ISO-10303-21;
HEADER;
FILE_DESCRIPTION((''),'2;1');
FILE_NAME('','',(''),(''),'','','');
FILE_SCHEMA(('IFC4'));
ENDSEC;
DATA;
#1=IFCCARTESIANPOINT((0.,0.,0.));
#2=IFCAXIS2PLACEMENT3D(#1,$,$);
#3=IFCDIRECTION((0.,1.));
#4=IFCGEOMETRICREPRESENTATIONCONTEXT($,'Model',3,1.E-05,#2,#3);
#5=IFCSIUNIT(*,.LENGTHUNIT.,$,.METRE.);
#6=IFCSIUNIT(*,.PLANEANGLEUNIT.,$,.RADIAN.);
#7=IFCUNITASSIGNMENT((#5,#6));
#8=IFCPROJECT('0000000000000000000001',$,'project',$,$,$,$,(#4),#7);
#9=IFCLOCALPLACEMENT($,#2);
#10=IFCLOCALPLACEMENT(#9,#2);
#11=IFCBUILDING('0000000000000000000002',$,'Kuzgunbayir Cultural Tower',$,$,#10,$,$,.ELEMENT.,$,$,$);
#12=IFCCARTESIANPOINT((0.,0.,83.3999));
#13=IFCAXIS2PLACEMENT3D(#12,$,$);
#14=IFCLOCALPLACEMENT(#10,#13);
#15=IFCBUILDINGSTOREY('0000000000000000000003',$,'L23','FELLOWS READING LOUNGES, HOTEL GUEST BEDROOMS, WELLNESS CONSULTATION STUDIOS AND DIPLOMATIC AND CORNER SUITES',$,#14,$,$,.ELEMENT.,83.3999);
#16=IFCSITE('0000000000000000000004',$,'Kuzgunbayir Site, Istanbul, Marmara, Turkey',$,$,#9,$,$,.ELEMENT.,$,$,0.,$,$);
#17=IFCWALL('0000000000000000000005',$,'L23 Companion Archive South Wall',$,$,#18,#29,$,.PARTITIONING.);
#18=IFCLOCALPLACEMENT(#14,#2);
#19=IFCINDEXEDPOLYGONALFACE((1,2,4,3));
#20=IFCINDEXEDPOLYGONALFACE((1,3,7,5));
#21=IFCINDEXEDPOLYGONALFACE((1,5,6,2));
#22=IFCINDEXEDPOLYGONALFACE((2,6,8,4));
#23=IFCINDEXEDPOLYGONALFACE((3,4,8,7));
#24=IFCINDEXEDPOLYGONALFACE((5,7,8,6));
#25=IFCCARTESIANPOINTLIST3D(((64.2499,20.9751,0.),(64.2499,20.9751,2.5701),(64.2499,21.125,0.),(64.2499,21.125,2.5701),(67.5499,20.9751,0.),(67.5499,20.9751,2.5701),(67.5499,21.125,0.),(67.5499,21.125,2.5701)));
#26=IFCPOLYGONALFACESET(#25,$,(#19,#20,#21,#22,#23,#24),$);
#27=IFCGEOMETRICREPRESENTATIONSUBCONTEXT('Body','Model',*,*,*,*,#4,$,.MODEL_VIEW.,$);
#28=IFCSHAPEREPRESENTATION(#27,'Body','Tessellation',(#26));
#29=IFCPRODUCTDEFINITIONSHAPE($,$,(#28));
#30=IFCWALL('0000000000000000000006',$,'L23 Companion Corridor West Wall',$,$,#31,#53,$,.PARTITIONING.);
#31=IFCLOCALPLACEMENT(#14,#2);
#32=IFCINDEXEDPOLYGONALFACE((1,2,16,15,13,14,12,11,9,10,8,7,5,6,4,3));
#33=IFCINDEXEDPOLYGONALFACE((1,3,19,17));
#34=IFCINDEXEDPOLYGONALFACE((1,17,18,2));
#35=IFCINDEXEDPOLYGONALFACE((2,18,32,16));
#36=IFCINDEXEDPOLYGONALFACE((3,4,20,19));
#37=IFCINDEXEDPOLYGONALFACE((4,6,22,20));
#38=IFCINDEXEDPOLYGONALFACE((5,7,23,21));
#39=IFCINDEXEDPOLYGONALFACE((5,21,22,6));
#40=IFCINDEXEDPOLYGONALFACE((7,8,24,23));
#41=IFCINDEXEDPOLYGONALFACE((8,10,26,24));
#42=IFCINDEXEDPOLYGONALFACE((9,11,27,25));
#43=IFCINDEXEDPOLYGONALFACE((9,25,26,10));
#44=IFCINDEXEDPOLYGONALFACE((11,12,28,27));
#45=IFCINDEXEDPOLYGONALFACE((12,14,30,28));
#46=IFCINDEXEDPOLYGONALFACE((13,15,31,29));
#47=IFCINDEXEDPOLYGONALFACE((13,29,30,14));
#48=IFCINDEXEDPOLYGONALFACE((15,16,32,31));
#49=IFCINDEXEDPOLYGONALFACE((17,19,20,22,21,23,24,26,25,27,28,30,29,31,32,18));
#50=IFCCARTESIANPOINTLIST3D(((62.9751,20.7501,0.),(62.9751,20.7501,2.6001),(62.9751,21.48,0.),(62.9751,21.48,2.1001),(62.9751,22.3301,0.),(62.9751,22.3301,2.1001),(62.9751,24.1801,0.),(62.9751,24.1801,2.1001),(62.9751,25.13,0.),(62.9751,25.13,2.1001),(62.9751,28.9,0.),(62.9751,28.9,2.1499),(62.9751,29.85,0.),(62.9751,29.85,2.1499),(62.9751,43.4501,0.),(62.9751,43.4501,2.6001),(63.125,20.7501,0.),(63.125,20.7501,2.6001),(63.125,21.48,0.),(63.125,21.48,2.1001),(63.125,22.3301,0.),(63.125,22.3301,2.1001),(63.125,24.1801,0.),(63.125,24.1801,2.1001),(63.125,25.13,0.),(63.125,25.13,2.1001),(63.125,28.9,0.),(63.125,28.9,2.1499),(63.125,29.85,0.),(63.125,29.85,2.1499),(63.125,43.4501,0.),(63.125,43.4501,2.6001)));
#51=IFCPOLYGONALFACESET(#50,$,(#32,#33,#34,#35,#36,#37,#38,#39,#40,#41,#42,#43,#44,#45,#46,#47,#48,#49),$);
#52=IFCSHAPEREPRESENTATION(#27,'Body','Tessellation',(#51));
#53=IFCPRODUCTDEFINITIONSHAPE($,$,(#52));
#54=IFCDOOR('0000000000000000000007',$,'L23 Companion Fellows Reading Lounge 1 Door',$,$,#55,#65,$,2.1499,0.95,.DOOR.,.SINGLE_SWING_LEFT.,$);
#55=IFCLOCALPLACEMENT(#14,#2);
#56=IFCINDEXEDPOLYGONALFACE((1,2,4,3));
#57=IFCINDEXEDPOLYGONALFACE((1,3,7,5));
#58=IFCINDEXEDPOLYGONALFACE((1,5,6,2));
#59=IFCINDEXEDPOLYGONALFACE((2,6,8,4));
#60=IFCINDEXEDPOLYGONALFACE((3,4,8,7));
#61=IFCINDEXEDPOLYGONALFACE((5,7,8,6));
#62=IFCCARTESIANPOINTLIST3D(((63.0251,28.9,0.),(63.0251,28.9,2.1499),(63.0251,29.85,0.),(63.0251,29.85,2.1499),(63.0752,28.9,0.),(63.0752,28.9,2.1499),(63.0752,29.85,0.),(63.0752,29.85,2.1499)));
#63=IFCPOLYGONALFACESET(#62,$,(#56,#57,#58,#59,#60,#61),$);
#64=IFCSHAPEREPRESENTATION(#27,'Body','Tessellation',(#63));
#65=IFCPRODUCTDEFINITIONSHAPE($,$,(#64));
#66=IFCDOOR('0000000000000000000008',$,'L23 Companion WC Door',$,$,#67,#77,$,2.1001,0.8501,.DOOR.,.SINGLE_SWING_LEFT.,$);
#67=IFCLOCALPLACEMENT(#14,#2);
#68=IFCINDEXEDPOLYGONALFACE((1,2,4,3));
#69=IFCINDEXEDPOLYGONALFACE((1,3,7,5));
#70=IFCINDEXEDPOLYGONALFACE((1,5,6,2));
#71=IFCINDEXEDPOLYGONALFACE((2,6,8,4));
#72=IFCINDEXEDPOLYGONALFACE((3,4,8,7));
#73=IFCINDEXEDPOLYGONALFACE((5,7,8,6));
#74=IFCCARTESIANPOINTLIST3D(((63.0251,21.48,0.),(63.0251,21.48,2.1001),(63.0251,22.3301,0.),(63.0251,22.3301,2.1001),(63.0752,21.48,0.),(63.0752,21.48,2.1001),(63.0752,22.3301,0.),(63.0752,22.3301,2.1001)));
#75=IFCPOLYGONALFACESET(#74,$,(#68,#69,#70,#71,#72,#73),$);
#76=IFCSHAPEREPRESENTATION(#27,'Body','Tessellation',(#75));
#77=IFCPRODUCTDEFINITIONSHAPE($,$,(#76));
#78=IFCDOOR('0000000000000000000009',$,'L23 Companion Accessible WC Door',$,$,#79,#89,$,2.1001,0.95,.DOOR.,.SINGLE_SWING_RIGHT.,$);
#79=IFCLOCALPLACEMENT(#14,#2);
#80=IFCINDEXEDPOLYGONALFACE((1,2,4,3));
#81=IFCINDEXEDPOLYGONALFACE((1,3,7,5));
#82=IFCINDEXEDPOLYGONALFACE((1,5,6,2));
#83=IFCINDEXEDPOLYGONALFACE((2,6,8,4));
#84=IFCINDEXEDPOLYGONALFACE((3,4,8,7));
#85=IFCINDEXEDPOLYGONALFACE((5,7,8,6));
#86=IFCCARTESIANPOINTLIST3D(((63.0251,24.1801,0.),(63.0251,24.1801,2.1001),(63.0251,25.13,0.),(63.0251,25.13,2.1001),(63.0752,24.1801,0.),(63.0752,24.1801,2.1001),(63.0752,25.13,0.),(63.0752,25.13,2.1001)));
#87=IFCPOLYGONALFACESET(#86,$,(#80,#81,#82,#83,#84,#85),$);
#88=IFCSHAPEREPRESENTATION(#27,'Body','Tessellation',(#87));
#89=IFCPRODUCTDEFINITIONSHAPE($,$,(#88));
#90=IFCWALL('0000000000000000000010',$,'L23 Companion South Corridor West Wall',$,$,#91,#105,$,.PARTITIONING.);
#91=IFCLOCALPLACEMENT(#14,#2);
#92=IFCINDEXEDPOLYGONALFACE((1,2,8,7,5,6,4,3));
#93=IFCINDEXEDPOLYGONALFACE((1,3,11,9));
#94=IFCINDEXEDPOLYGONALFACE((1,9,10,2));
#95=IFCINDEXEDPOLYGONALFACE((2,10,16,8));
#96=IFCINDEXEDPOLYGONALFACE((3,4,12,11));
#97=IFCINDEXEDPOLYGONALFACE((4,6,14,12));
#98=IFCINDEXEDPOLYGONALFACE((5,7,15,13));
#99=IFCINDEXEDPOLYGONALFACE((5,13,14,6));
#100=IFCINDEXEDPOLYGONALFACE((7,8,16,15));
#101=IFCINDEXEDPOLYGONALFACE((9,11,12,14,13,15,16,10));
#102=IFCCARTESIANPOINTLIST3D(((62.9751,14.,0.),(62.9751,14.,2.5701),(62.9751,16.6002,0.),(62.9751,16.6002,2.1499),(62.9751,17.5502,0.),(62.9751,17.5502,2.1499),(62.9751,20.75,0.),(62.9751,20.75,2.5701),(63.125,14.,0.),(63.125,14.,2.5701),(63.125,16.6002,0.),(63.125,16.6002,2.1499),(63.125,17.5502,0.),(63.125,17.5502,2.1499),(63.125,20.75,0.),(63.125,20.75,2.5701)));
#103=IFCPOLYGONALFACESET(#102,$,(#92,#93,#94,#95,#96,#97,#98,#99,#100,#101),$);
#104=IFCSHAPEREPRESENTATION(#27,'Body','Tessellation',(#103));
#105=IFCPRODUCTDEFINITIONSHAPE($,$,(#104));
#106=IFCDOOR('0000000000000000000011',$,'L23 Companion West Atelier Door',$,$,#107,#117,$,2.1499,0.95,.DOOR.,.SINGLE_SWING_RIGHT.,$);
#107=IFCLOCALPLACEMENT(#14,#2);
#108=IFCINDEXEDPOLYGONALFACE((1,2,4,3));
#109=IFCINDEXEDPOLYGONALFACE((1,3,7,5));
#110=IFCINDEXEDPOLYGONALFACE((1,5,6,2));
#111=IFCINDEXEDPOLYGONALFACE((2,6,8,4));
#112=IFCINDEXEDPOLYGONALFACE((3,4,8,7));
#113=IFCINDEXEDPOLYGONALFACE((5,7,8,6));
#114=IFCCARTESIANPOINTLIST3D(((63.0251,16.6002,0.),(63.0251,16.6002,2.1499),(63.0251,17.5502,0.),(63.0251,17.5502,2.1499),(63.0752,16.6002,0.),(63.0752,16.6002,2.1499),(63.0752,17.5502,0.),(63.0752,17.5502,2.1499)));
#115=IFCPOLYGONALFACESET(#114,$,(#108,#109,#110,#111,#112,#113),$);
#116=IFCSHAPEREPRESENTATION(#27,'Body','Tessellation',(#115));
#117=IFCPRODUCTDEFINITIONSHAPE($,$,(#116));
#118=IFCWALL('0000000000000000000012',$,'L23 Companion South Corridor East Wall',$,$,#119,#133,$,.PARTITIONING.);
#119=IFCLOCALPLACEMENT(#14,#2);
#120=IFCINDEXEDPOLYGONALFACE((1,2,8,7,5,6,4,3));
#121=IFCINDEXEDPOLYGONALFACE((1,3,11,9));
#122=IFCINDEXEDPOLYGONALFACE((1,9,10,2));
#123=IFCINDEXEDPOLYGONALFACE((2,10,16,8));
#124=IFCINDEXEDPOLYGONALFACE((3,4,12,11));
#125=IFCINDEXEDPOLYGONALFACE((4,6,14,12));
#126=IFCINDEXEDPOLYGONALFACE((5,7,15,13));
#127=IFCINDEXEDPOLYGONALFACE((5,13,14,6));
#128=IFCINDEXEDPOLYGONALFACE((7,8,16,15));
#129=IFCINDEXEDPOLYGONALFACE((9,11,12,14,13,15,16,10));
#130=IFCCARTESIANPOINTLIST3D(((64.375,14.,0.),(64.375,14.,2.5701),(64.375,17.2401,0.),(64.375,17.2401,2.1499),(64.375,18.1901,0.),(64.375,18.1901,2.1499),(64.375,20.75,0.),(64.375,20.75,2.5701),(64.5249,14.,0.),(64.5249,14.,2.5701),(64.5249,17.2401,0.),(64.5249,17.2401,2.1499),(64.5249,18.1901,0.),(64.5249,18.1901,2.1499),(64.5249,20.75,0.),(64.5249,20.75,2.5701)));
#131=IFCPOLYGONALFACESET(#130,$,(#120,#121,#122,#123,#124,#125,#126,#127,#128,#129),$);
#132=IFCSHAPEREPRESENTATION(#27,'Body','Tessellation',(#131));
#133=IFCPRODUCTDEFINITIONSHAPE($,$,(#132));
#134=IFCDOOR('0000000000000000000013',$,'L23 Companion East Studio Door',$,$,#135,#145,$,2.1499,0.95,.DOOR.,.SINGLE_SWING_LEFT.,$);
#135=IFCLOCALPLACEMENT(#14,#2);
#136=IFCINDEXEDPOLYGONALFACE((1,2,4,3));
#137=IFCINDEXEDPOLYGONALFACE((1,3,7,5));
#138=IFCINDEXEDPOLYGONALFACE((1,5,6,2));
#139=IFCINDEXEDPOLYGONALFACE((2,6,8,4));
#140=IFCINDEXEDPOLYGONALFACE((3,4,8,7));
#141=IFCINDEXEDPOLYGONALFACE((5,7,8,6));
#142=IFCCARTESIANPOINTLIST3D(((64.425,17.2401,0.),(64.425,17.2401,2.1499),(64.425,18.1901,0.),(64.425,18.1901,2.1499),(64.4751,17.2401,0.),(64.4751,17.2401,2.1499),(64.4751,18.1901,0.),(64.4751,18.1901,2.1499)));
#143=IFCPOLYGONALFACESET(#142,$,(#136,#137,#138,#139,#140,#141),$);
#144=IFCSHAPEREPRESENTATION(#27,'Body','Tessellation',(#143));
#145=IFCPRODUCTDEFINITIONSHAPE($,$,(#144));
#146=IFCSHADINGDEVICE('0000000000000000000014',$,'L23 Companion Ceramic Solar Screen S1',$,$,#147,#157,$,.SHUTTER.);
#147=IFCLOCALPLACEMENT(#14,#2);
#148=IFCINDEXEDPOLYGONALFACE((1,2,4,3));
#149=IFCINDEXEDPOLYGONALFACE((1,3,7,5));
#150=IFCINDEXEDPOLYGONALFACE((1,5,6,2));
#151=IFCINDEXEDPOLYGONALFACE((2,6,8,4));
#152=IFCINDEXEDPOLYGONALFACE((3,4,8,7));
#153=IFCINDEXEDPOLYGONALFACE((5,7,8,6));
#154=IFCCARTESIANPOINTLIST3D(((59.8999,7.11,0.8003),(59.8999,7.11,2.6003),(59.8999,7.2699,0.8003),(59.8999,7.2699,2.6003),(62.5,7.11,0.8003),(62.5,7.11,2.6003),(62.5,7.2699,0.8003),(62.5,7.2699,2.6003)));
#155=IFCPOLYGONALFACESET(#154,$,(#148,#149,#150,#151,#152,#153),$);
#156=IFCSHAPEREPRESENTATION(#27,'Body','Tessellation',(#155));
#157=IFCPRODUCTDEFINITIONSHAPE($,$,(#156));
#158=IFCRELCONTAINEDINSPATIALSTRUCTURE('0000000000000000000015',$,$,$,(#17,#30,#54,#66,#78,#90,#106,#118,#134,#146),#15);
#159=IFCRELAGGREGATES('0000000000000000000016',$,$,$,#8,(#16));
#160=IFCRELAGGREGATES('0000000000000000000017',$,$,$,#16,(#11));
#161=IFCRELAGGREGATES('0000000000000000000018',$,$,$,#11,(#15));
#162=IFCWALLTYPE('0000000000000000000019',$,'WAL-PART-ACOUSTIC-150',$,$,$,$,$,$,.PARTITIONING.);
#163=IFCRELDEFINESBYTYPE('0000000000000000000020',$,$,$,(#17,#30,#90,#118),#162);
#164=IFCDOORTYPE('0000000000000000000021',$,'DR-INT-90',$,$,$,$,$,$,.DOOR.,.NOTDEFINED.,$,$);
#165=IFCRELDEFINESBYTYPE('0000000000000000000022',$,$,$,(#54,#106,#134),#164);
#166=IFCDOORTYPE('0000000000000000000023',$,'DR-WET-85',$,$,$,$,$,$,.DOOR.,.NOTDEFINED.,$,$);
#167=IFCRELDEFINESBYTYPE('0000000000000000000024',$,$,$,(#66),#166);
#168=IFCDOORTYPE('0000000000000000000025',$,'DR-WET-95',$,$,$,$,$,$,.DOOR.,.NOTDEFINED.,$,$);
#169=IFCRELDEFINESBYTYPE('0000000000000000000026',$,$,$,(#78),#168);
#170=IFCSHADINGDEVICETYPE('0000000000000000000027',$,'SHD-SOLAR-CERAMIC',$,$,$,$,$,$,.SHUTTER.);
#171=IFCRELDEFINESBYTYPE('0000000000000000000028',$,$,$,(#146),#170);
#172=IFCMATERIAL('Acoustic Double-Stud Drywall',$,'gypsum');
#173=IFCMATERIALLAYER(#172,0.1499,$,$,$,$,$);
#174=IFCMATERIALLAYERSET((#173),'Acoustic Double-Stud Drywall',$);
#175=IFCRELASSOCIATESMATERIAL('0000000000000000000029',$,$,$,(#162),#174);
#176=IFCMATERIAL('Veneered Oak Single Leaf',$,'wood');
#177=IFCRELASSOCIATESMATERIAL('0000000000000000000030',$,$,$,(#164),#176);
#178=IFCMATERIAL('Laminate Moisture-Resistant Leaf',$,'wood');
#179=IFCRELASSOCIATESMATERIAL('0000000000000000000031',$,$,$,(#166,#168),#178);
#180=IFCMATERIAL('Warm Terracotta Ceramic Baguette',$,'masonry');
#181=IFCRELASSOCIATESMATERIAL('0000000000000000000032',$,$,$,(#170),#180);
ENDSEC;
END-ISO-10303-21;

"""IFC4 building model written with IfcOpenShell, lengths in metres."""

from ifc_helpers import new_model, si_unit, direction, frame, frame_2d, origin, origin_2d, place, context, subcontext, project, spatial, rectangle, extrude, material, layer, layer_set, type_object, element, fill, save


model = new_model("IFC4")

# Units and contexts
model_context = context("Model", 3, precision=1e-05, world=origin(), true_north=direction((0.0, 1.0)))
body_context = subcontext(model_context, "Body", "Model", "MODEL_VIEW")
ifc_project = project(units=[si_unit("LENGTHUNIT", "METRE"), si_unit("PLANEANGLEUNIT", "RADIAN")], contexts=[model_context])

# Site, building, storey
site_placement = place(None, origin())
site = spatial("IfcSite", under=ifc_project, at=site_placement, Name="Kuzgunbayir Site, Istanbul, Marmara, Turkey", CompositionType="ELEMENT", RefElevation=0.0)
building_placement = place(site_placement, origin())
building = spatial("IfcBuilding", under=site, at=building_placement, Name="Kuzgunbayir Cultural Tower", CompositionType="ELEMENT")
storey_placement = place(building_placement, frame((0.0, 0.0, 83.3999)))
storey = spatial("IfcBuildingStorey", under=building, at=storey_placement, Name="L23", Description="FELLOWS READING LOUNGES, HOTEL GUEST BEDROOMS, WELLNESS CONSULTATION STUDIOS AND DIPLOMATIC AND CORNER SUITES", CompositionType="ELEMENT", Elevation=83.3999)

# Shared definitions
ifc_material_1 = material(Name="Acoustic Double-Stud Drywall", Category="gypsum")
ifc_layer_1 = layer(ifc_material_1, 0.1499)
ifc_layer_set_1 = layer_set([ifc_layer_1], Name="Acoustic Double-Stud Drywall")
wall_type_1 = type_object("IfcWallType", Name="WAL-PART-ACOUSTIC-150", PredefinedType="PARTITIONING", material=ifc_layer_set_1)
ifc_material_2 = material(Name="Veneered Oak Single Leaf", Category="wood")
door_type_1 = type_object("IfcDoorType", Name="DR-INT-90", OperationType="NOTDEFINED", PredefinedType="DOOR", material=ifc_material_2)

# Wall
wall_1_placement = place(storey_placement, frame((64.25, 21.05, 0.0), z_axis=(0.0, 0.0, 1.0), x_axis=(1.0, 0.0, 0.0)))
element("IfcWall", 1, at=wall_1_placement, inside=storey, type_object=wall_type_1, Name="L23 Companion Archive South Wall", PredefinedType="PARTITIONING", context=body_context, shape_type="SweptSolid", body=[
    extrude(rectangle(XDim=3.3, YDim=0.1499, at=frame_2d((1.6499, 0.0))), origin(), (0.0, 0.0, 1.0), 2.5701),
])

# Wall, openings, doors
wall_2_placement = place(storey_placement, frame((63.05, 20.75, 0.0), z_axis=(0.0, 0.0, 1.0), x_axis=(0.0, 1.0, 0.0)))
wall_2 = element("IfcWall", 2, at=wall_2_placement, inside=storey, type_object=wall_type_1, Name="L23 Companion Corridor West Wall", PredefinedType="PARTITIONING", context=body_context, shape_type="SweptSolid", body=[
    extrude(rectangle(XDim=22.7, YDim=0.1499, at=frame_2d((11.3501, 0.0))), origin(), (0.0, 0.0, 1.0), 2.6001),
])
opening_1_placement = place(wall_2_placement, frame((0.73, 0.0, 0.0)))
opening_1 = element("IfcOpeningElement", 3, at=opening_1_placement, cuts=wall_2, PredefinedType="OPENING", context=body_context, shape_type="SweptSolid", body=[
    extrude(rectangle(XDim=0.8501, YDim=2.1001, at=frame_2d((0.425, 1.05))), frame((0.0, 0.085, 0.0), z_axis=(0.0, -1.0, 0.0), x_axis=(1.0, 0.0, 0.0)), (0.0, 0.0, 1.0), 0.1699),
])
opening_2_placement = place(wall_2_placement, frame((3.4299, 0.0, 0.0)))
opening_2 = element("IfcOpeningElement", 4, at=opening_2_placement, cuts=wall_2, PredefinedType="OPENING", context=body_context, shape_type="SweptSolid", body=[
    extrude(rectangle(XDim=0.95, YDim=2.1001, at=frame_2d((0.4751, 1.05))), frame((0.0, 0.085, 0.0), z_axis=(0.0, -1.0, 0.0), x_axis=(1.0, 0.0, 0.0)), (0.0, 0.0, 1.0), 0.1699),
])
opening_3_placement = place(wall_2_placement, frame((8.1499, 0.0, 0.0)))
opening_3 = element("IfcOpeningElement", 5, at=opening_3_placement, cuts=wall_2, PredefinedType="OPENING", context=body_context, shape_type="SweptSolid", body=[
    extrude(rectangle(XDim=0.95, YDim=2.1499, at=frame_2d((0.4751, 1.075))), frame((0.0, 0.085, 0.0), z_axis=(0.0, -1.0, 0.0), x_axis=(1.0, 0.0, 0.0)), (0.0, 0.0, 1.0), 0.1699),
])
door_1_placement = place(opening_3_placement, origin())
door_1 = element("IfcDoor", 6, at=door_1_placement, inside=storey, type_object=door_type_1, Name="L23 Companion Fellows Reading Lounge 1 Door", OperationType="SINGLE_SWING_LEFT", OverallHeight=2.1499, OverallWidth=0.95, PredefinedType="DOOR", context=body_context, shape_type="SweptSolid", body=[
    extrude(rectangle(XDim=0.95, YDim=2.1499, at=frame_2d((0.4751, 1.075))), frame((0.0, 0.0249, 0.0), z_axis=(0.0, -1.0, 0.0), x_axis=(1.0, 0.0, 0.0)), (0.0, 0.0, 1.0), 0.05),
])
fill(opening_3, door_1)
ifc_material_3 = material(Name="Laminate Moisture-Resistant Leaf", Category="wood")
door_type_2 = type_object("IfcDoorType", Name="DR-WET-85", OperationType="NOTDEFINED", PredefinedType="DOOR", material=ifc_material_3)
door_2_placement = place(opening_1_placement, origin())
door_2 = element("IfcDoor", 7, at=door_2_placement, inside=storey, type_object=door_type_2, Name="L23 Companion WC Door", OperationType="SINGLE_SWING_LEFT", OverallHeight=2.1001, OverallWidth=0.8501, PredefinedType="DOOR", context=body_context, shape_type="SweptSolid", body=[
    extrude(rectangle(XDim=0.8501, YDim=2.1001, at=frame_2d((0.425, 1.05))), frame((0.0, 0.0249, 0.0), z_axis=(0.0, -1.0, 0.0), x_axis=(1.0, 0.0, 0.0)), (0.0, 0.0, 1.0), 0.05),
])
fill(opening_1, door_2)
door_type_3 = type_object("IfcDoorType", Name="DR-WET-95", OperationType="NOTDEFINED", PredefinedType="DOOR", material=ifc_material_3)
door_3_placement = place(opening_2_placement, origin())
door_3 = element("IfcDoor", 8, at=door_3_placement, inside=storey, type_object=door_type_3, Name="L23 Companion Accessible WC Door", OperationType="SINGLE_SWING_RIGHT", OverallHeight=2.1001, OverallWidth=0.95, PredefinedType="DOOR", context=body_context, shape_type="SweptSolid", body=[
    extrude(rectangle(XDim=0.95, YDim=2.1001, at=frame_2d((0.4751, 1.05))), frame((0.0, 0.0249, 0.0), z_axis=(0.0, -1.0, 0.0), x_axis=(1.0, 0.0, 0.0)), (0.0, 0.0, 1.0), 0.05),
])
fill(opening_2, door_3)

# Walls, openings, doors
wall_3_placement = place(storey_placement, frame((63.05, 14.0, 0.0), z_axis=(0.0, 0.0, 1.0), x_axis=(0.0, 1.0, 0.0)))
wall_3 = element("IfcWall", 9, at=wall_3_placement, inside=storey, type_object=wall_type_1, Name="L23 Companion South Corridor West Wall", PredefinedType="PARTITIONING", context=body_context, shape_type="SweptSolid", body=[
    extrude(rectangle(XDim=6.75, YDim=0.1499, at=frame_2d((3.375, 0.0))), origin(), (0.0, 0.0, 1.0), 2.5701),
])
opening_4_placement = place(wall_3_placement, frame((2.6001, 0.0, 0.0)))
opening_4 = element("IfcOpeningElement", 10, at=opening_4_placement, cuts=wall_3, PredefinedType="OPENING", context=body_context, shape_type="SweptSolid", body=[
    extrude(rectangle(XDim=0.95, YDim=2.1499, at=frame_2d((0.4751, 1.075))), frame((0.0, 0.085, 0.0), z_axis=(0.0, -1.0, 0.0), x_axis=(1.0, 0.0, 0.0)), (0.0, 0.0, 1.0), 0.1699),
])
door_4_placement = place(opening_4_placement, origin())
door_4 = element("IfcDoor", 11, at=door_4_placement, inside=storey, type_object=door_type_1, Name="L23 Companion West Atelier Door", OperationType="SINGLE_SWING_RIGHT", OverallHeight=2.1499, OverallWidth=0.95, PredefinedType="DOOR", context=body_context, shape_type="SweptSolid", body=[
    extrude(rectangle(XDim=0.95, YDim=2.1499, at=frame_2d((0.4751, 1.075))), frame((0.0, 0.0249, 0.0), z_axis=(0.0, -1.0, 0.0), x_axis=(1.0, 0.0, 0.0)), (0.0, 0.0, 1.0), 0.05),
])
fill(opening_4, door_4)
wall_4_placement = place(storey_placement, frame((64.45, 14.0, 0.0), z_axis=(0.0, 0.0, 1.0), x_axis=(0.0, 1.0, 0.0)))
wall_4 = element("IfcWall", 12, at=wall_4_placement, inside=storey, type_object=wall_type_1, Name="L23 Companion South Corridor East Wall", PredefinedType="PARTITIONING", context=body_context, shape_type="SweptSolid", body=[
    extrude(rectangle(XDim=6.75, YDim=0.1499, at=frame_2d((3.375, 0.0))), origin(), (0.0, 0.0, 1.0), 2.5701),
])
opening_5_placement = place(wall_4_placement, frame((3.24, 0.0, 0.0)))
opening_5 = element("IfcOpeningElement", 13, at=opening_5_placement, cuts=wall_4, PredefinedType="OPENING", context=body_context, shape_type="SweptSolid", body=[
    extrude(rectangle(XDim=0.95, YDim=2.1499, at=frame_2d((0.4751, 1.075))), frame((0.0, 0.085, 0.0), z_axis=(0.0, -1.0, 0.0), x_axis=(1.0, 0.0, 0.0)), (0.0, 0.0, 1.0), 0.1699),
])
door_5_placement = place(opening_5_placement, origin())
door_5 = element("IfcDoor", 14, at=door_5_placement, inside=storey, type_object=door_type_1, Name="L23 Companion East Studio Door", OperationType="SINGLE_SWING_LEFT", OverallHeight=2.1499, OverallWidth=0.95, PredefinedType="DOOR", context=body_context, shape_type="SweptSolid", body=[
    extrude(rectangle(XDim=0.95, YDim=2.1499, at=frame_2d((0.4751, 1.075))), frame((0.0, 0.0249, 0.0), z_axis=(0.0, -1.0, 0.0), x_axis=(1.0, 0.0, 0.0)), (0.0, 0.0, 1.0), 0.05),
])
fill(opening_5, door_5)

# Shading device
ifc_material_4 = material(Name="Warm Terracotta Ceramic Baguette", Category="masonry")
shading_device_type = type_object("IfcShadingDeviceType", Name="SHD-SOLAR-CERAMIC", PredefinedType="SHUTTER", material=ifc_material_4)
shading_device_placement = place(storey_placement, frame((61.2, 7.1899, 0.8003), z_axis=(0.0, 0.0, 1.0), x_axis=(1.0, 0.0, 0.0)))
element("IfcShadingDevice", 15, at=shading_device_placement, inside=storey, type_object=shading_device_type, Name="L23 Companion Ceramic Solar Screen S1", PredefinedType="SHUTTER", context=body_context, shape_type="SweptSolid", body=[
    extrude(rectangle(XDim=2.6001, YDim=0.1599, at=origin_2d()), origin(), (0.0, 0.0, 1.0), 1.8),
])

save(model, "model.ifc")
